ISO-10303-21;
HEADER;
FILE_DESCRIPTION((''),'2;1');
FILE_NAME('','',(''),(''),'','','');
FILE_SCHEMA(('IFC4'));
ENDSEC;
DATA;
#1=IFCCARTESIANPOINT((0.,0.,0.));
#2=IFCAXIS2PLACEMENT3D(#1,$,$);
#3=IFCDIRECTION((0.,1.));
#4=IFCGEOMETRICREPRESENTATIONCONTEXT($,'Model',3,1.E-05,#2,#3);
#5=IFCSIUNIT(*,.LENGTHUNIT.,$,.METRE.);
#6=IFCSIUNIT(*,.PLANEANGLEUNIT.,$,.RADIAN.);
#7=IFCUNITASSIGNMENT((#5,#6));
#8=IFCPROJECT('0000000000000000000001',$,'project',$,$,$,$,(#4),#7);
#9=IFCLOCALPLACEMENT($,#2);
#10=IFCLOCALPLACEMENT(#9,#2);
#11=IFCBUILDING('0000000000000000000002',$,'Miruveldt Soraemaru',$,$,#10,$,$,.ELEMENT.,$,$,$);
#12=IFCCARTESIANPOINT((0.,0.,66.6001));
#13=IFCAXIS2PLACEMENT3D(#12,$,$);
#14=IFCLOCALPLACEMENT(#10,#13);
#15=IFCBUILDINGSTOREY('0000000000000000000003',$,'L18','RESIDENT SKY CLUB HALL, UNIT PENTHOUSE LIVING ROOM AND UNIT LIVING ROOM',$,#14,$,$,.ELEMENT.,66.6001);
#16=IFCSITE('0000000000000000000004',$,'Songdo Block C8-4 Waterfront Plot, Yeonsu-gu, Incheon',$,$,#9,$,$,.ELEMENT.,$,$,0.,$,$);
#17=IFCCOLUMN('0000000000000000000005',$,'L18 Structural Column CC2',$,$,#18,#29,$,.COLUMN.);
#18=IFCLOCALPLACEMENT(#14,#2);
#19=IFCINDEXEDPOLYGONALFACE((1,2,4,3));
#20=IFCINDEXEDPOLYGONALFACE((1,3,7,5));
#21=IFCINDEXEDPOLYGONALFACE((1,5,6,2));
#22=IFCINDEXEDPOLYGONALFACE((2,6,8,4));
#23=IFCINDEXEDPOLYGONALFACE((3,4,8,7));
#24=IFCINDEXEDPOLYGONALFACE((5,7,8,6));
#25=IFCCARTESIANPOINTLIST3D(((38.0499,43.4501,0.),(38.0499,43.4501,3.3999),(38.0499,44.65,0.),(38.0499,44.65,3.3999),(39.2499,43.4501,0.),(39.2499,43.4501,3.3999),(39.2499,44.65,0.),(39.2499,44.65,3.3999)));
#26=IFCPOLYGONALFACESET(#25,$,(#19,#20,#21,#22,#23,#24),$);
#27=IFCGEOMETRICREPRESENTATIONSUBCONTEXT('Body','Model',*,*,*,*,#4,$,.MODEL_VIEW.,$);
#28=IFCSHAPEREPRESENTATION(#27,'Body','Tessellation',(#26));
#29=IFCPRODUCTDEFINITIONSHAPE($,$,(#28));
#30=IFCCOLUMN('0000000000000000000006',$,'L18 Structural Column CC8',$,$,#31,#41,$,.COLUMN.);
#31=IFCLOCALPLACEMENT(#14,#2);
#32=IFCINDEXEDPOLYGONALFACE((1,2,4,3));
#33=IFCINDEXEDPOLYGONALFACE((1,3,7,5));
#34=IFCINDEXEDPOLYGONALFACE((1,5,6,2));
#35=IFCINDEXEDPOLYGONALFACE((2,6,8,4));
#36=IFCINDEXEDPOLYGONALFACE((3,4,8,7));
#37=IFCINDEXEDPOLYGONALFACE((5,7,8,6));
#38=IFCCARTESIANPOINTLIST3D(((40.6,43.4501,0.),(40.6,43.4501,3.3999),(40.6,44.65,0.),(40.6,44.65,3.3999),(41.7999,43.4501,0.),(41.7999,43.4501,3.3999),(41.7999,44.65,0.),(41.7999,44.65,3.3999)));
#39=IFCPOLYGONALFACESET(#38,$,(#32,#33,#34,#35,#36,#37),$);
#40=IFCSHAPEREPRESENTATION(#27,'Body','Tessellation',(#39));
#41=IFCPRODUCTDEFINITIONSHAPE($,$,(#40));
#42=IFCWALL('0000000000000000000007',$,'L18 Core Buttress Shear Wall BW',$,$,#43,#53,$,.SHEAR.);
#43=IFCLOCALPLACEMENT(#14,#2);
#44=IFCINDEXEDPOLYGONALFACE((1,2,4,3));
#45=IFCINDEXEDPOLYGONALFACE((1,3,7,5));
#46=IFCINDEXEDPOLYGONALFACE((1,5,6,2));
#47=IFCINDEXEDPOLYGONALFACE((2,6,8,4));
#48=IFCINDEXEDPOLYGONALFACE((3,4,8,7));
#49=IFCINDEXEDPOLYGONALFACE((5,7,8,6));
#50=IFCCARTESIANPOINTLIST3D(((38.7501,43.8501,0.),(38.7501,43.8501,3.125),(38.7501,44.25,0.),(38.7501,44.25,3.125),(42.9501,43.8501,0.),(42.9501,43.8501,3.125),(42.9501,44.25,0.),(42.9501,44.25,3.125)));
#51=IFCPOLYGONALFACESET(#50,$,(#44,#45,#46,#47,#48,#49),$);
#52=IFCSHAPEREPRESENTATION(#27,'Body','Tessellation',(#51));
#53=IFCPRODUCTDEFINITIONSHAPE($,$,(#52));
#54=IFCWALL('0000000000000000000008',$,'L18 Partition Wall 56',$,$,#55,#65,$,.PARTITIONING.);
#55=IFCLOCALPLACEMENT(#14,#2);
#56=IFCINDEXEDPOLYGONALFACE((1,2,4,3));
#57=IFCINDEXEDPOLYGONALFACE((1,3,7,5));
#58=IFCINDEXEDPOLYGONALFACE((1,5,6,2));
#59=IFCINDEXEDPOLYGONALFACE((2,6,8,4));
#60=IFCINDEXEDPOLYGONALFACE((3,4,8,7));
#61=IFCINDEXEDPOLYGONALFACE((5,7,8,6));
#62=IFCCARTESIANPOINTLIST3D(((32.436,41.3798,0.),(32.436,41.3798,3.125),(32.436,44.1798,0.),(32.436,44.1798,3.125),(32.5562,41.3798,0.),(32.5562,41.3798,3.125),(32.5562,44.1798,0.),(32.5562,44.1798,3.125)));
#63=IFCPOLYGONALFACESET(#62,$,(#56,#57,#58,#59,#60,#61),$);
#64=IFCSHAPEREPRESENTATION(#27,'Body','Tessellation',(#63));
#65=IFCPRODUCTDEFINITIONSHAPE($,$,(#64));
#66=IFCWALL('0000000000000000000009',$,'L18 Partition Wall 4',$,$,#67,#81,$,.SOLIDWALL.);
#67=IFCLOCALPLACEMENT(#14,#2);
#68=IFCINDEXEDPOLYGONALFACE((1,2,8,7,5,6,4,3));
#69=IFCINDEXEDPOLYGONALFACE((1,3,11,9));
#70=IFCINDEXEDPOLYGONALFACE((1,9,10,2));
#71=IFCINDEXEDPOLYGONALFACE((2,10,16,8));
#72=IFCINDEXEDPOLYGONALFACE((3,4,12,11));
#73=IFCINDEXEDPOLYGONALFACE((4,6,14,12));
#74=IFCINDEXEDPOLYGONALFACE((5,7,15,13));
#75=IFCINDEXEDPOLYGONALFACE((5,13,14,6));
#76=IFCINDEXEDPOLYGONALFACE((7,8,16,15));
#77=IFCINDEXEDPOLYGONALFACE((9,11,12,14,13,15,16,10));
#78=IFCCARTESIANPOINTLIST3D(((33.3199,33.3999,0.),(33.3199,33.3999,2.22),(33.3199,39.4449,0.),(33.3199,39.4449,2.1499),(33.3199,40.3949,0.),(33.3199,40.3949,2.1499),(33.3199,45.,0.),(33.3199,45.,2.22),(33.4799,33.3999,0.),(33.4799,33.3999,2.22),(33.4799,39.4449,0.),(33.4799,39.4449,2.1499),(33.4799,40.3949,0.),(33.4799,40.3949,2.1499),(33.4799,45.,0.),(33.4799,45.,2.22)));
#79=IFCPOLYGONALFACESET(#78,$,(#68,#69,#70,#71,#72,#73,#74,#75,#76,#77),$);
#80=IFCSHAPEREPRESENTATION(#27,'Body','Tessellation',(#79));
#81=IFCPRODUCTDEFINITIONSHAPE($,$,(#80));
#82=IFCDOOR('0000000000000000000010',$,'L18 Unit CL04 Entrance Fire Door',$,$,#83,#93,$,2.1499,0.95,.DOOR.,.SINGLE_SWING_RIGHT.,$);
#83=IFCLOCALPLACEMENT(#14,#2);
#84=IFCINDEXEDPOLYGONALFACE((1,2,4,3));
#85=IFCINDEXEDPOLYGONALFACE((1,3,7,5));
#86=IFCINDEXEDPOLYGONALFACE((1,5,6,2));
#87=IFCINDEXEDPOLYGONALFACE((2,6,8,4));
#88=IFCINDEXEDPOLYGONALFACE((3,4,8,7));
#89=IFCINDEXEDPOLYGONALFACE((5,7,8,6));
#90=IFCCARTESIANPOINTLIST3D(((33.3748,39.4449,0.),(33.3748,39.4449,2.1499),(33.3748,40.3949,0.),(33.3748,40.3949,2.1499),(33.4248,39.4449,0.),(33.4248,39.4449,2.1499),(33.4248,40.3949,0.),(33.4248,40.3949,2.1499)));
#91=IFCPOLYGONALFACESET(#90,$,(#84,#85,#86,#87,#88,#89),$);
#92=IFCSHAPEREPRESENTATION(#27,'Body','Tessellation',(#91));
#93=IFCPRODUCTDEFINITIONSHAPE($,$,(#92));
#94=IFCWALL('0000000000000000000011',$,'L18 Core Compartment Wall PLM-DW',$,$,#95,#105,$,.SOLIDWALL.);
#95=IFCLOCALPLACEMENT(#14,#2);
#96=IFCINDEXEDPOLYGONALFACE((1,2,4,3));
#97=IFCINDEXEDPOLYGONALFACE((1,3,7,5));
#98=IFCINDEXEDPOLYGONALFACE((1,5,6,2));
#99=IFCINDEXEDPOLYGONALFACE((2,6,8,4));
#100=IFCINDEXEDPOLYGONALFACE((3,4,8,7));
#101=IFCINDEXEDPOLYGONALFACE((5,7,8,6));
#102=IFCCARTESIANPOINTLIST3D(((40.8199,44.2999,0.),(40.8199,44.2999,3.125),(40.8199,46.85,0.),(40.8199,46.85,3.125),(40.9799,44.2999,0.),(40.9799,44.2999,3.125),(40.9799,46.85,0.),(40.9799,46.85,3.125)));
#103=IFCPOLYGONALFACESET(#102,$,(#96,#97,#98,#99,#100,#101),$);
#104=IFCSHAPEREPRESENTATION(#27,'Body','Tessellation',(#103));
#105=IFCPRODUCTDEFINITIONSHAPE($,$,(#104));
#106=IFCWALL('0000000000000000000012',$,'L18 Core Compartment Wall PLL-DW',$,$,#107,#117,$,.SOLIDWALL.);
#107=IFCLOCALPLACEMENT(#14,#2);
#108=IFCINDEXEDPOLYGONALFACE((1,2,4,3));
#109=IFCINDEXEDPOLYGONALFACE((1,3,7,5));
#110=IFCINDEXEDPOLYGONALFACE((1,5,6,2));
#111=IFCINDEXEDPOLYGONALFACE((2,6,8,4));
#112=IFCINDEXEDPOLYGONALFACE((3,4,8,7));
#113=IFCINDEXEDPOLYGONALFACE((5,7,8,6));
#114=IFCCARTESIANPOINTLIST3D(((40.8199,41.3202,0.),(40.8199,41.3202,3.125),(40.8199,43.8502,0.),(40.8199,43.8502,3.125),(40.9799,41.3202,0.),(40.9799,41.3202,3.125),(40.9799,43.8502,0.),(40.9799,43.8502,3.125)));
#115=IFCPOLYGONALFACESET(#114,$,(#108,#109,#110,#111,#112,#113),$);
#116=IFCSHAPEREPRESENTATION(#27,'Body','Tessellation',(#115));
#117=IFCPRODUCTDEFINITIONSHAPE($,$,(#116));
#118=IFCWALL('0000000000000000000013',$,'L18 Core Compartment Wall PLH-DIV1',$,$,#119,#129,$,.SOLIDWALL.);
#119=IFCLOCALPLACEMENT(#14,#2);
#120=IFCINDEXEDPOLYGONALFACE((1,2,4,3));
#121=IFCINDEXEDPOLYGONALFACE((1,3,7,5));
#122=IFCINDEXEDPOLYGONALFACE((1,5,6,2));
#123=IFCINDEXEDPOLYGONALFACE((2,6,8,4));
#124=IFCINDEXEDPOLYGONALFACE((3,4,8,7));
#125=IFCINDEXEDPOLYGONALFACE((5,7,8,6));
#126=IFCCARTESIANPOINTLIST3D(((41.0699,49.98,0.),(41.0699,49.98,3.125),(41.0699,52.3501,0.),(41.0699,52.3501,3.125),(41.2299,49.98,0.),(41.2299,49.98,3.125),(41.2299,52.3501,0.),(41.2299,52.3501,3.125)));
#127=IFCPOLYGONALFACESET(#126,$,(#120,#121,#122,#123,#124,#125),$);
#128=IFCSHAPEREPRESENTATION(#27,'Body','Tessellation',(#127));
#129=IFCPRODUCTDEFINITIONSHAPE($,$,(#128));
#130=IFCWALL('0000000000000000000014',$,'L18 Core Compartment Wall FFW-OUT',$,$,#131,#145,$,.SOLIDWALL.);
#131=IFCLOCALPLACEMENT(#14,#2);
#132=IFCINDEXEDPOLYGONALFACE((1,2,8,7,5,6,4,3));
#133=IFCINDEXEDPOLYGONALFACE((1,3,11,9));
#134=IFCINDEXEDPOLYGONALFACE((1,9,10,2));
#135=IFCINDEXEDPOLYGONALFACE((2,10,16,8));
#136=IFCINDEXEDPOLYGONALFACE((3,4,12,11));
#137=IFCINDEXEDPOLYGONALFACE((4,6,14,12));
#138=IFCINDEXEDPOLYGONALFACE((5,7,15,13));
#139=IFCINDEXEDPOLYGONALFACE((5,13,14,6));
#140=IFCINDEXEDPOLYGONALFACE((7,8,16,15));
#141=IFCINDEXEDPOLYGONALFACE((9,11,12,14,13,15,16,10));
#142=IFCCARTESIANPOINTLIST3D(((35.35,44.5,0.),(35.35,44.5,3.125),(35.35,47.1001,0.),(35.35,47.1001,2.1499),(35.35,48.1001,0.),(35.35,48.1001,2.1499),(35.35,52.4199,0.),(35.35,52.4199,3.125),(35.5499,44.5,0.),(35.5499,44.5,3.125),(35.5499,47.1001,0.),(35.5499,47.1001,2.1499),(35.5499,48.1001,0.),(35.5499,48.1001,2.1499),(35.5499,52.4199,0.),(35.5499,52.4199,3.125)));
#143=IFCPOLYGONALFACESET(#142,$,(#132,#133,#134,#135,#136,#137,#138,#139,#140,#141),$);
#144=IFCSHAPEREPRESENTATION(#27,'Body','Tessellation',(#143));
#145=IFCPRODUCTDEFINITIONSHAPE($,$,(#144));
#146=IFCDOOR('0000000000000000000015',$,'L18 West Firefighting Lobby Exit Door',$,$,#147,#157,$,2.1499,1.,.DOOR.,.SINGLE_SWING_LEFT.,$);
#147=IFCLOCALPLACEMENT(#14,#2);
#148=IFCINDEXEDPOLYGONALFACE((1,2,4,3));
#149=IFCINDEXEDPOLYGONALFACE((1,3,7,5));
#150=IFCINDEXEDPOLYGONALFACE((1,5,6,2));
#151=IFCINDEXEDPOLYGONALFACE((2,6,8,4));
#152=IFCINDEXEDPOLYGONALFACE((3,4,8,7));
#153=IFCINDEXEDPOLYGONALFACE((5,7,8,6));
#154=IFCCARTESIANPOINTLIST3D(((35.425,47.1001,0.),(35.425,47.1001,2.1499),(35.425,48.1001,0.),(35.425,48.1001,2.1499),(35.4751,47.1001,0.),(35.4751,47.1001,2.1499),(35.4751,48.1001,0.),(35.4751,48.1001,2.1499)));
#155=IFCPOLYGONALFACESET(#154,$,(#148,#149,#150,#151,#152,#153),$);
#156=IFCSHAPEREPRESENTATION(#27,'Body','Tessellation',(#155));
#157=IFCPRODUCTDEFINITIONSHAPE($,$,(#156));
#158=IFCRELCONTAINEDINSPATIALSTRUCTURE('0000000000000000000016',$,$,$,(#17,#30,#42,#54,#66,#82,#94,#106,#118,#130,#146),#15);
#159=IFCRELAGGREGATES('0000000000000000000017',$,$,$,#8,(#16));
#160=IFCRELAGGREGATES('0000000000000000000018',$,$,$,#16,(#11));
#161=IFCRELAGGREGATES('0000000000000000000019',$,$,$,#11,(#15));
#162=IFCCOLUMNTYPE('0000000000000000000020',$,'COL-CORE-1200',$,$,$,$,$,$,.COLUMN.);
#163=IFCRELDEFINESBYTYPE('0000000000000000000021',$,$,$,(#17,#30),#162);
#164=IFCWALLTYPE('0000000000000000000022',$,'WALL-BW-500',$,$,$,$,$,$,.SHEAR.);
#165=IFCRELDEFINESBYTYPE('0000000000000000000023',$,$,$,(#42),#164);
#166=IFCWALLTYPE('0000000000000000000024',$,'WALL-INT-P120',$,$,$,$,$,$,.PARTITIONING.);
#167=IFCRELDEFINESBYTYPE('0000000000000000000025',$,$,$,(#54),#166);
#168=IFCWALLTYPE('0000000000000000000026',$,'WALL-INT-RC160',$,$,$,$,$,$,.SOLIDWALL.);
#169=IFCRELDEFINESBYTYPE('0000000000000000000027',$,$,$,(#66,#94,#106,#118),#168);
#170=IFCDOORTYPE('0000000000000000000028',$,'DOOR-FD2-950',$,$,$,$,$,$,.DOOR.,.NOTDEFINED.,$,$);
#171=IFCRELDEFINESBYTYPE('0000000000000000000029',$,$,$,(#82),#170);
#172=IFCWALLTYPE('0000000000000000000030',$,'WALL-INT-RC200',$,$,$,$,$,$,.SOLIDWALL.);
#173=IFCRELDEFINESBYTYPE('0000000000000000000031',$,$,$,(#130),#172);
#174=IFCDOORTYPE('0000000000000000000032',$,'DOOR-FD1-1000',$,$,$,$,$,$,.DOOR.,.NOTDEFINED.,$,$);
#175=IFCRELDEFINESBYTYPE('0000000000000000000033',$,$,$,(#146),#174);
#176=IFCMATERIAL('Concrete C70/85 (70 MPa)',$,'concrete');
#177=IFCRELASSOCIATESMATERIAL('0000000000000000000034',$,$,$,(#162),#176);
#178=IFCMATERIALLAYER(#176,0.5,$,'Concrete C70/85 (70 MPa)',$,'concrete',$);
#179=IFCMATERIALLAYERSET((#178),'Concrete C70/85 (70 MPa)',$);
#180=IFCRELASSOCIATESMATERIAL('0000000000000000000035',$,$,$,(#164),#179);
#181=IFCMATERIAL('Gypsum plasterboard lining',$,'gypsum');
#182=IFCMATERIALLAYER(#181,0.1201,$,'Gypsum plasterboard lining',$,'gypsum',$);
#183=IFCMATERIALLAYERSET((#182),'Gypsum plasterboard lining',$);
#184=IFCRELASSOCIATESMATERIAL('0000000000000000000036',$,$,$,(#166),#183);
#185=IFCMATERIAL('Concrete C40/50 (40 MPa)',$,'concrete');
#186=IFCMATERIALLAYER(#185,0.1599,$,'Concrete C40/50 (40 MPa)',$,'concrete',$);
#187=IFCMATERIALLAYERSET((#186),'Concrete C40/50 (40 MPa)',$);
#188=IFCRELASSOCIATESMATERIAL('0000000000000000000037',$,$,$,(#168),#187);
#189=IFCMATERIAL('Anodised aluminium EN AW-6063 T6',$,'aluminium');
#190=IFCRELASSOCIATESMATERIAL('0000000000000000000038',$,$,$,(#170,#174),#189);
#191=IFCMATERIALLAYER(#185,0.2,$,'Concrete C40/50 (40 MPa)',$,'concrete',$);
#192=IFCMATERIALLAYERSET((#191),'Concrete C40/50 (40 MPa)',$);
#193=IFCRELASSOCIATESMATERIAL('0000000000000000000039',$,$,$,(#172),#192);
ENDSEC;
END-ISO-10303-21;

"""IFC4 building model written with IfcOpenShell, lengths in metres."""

from ifc_helpers import new_model, si_unit, direction, frame, frame_2d, origin, origin_2d, place, context, subcontext, project, spatial, rectangle, extrude, material, layer, layer_set, material_profile, profile_set, type_object, element, fill, save


model = new_model("IFC4")

# Units and contexts
model_context = context("Model", 3, precision=1e-05, world=origin(), true_north=direction((0.0, 1.0)))
body_context = subcontext(model_context, "Body", "Model", "MODEL_VIEW")
ifc_project = project(units=[si_unit("LENGTHUNIT", "METRE"), si_unit("PLANEANGLEUNIT", "RADIAN")], contexts=[model_context])

# Site, building, storey
site_placement = place(None, origin())
site = spatial("IfcSite", under=ifc_project, at=site_placement, Name="Songdo Block C8-4 Waterfront Plot, Yeonsu-gu, Incheon", CompositionType="ELEMENT", RefElevation=0.0)
building_placement = place(site_placement, origin())
building = spatial("IfcBuilding", under=site, at=building_placement, Name="Miruveldt Soraemaru", CompositionType="ELEMENT")
storey_placement = place(building_placement, frame((0.0, 0.0, 66.6001)))
storey = spatial("IfcBuildingStorey", under=building, at=storey_placement, Name="L18", Description="RESIDENT SKY CLUB HALL, UNIT PENTHOUSE LIVING ROOM AND UNIT LIVING ROOM", CompositionType="ELEMENT", Elevation=66.6001)

# Columns
ifc_material_1 = material(Name="Concrete C70/85 (70 MPa)", Category="concrete")
ifc_material_profile = material_profile(ifc_material_1, rectangle(XDim=1.2, YDim=1.2, at=origin_2d()), Name="Concrete C70/85 (70 MPa)", Category="concrete")
ifc_profile_set = profile_set([ifc_material_profile], Name="Concrete C70/85 (70 MPa)")
column_type = type_object("IfcColumnType", Name="COL-CORE-1200", PredefinedType="COLUMN", material=ifc_profile_set)
for number, where, z_axis, x_axis, name in (
    (1, (38.6499, 44.05, 0.0), (0.0, 0.0, 1.0), (1.0, 0.0, 0.0), "L18 Structural Column CC2"),
    (2, (41.2, 44.05, 0.0), (0.0, 0.0, 1.0), (1.0, 0.0, 0.0), "L18 Structural Column CC8"),
):
    element("IfcColumn", number, at=place(storey_placement, frame(where, z_axis=z_axis, x_axis=x_axis)), inside=storey, type_object=column_type, Name=name, PredefinedType="COLUMN", context=body_context, shape_type="SweptSolid", body=[
        extrude(rectangle(XDim=1.2, YDim=1.2, at=origin_2d()), origin(), (0.0, 0.0, 1.0), 3.3999),
    ])

# Walls
ifc_layer_1 = layer(ifc_material_1, 0.5, Name="Concrete C70/85 (70 MPa)", Category="concrete")
ifc_layer_set_1 = layer_set([ifc_layer_1], Name="Concrete C70/85 (70 MPa)")
wall_type_1 = type_object("IfcWallType", Name="WALL-BW-500", PredefinedType="SHEAR", material=ifc_layer_set_1)
wall_1_placement = place(storey_placement, frame((38.75, 44.05, 0.0), z_axis=(0.0, 0.0, 1.0), x_axis=(1.0, 0.0, 0.0)))
element("IfcWall", 3, at=wall_1_placement, inside=storey, type_object=wall_type_1, Name="L18 Core Buttress Shear Wall BW", PredefinedType="SHEAR", context=body_context, shape_type="SweptSolid", body=[
    extrude(rectangle(XDim=4.2, YDim=0.3999, at=frame_2d((2.1001, 0.0))), origin(), (0.0, 0.0, 1.0), 3.125),
])
ifc_material_2 = material(Name="Gypsum plasterboard lining", Category="gypsum")
ifc_layer_2 = layer(ifc_material_2, 0.1201, Name="Gypsum plasterboard lining", Category="gypsum")
ifc_layer_set_2 = layer_set([ifc_layer_2], Name="Gypsum plasterboard lining")
wall_type_2 = type_object("IfcWallType", Name="WALL-INT-P120", PredefinedType="PARTITIONING", material=ifc_layer_set_2)
wall_2_placement = place(storey_placement, frame((32.4961, 41.3799, 0.0), z_axis=(0.0, 0.0, 1.0), x_axis=(0.0, 1.0, 0.0)))
element("IfcWall", 4, at=wall_2_placement, inside=storey, type_object=wall_type_2, Name="L18 Partition Wall 56", PredefinedType="PARTITIONING", context=body_context, shape_type="SweptSolid", body=[
    extrude(rectangle(XDim=2.8, YDim=0.1201, at=frame_2d((1.3999, 0.0))), origin(), (0.0, 0.0, 1.0), 3.125),
])

# Wall, opening, door
ifc_material_3 = material(Name="Concrete C40/50 (40 MPa)", Category="concrete")
ifc_layer_3 = layer(ifc_material_3, 0.1599, Name="Concrete C40/50 (40 MPa)", Category="concrete")
ifc_layer_set_3 = layer_set([ifc_layer_3], Name="Concrete C40/50 (40 MPa)")
wall_type_3 = type_object("IfcWallType", Name="WALL-INT-RC160", PredefinedType="SOLIDWALL", material=ifc_layer_set_3)
wall_3_placement = place(storey_placement, frame((33.3999, 45.0, 0.0), z_axis=(0.0, 0.0, 1.0), x_axis=(0.0, -1.0, 0.0)))
wall_3 = element("IfcWall", 5, at=wall_3_placement, inside=storey, type_object=wall_type_3, Name="L18 Partition Wall 4", PredefinedType="SOLIDWALL", context=body_context, shape_type="SweptSolid", body=[
    extrude(rectangle(XDim=11.6001, YDim=0.1599, at=frame_2d((5.8, 0.0))), origin(), (0.0, 0.0, 1.0), 2.22),
])
opening_1_placement = place(wall_3_placement, frame((4.605, 0.0, 0.0)))
opening_1 = element("IfcOpeningElement", 6, at=opening_1_placement, cuts=wall_3, PredefinedType="OPENING", context=body_context, shape_type="SweptSolid", body=[
    extrude(rectangle(XDim=0.95, YDim=2.1499, at=frame_2d((0.4751, 1.075))), frame((0.0, 0.0898, 0.0), z_axis=(0.0, -1.0, 0.0), x_axis=(1.0, 0.0, 0.0)), (0.0, 0.0, 1.0), 0.1799),
])
ifc_material_4 = material(Name="Anodised aluminium EN AW-6063 T6", Category="aluminium")
door_type_1 = type_object("IfcDoorType", Name="DOOR-FD2-950", OperationType="NOTDEFINED", PredefinedType="DOOR", material=ifc_material_4)
door_1_placement = place(opening_1_placement, origin())
door_1 = element("IfcDoor", 7, at=door_1_placement, inside=storey, type_object=door_type_1, Name="L18 Unit CL04 Entrance Fire Door", OperationType="SINGLE_SWING_RIGHT", OverallHeight=2.1499, OverallWidth=0.95, PredefinedType="DOOR", context=body_context, shape_type="SweptSolid", body=[
    extrude(rectangle(XDim=0.95, YDim=2.1499, at=frame_2d((0.4751, 1.075))), frame((0.0, 0.0249, 0.0), z_axis=(0.0, -1.0, 0.0), x_axis=(1.0, 0.0, 0.0)), (0.0, 0.0, 1.0), 0.05),
])
fill(opening_1, door_1)

# Walls
wall_4_placement = place(storey_placement, frame((40.8999, 44.3, 0.0), z_axis=(0.0, 0.0, 1.0), x_axis=(0.0, 1.0, 0.0)))
element("IfcWall", 8, at=wall_4_placement, inside=storey, type_object=wall_type_3, Name="L18 Core Compartment Wall PLM-DW", PredefinedType="SOLIDWALL", context=body_context, shape_type="SweptSolid", body=[
    extrude(rectangle(XDim=2.55, YDim=0.1599, at=frame_2d((1.2749, 0.0))), origin(), (0.0, 0.0, 1.0), 3.125),
])
wall_5_placement = place(storey_placement, frame((40.8999, 41.3201, 0.0), z_axis=(0.0, 0.0, 1.0), x_axis=(0.0, 1.0, 0.0)))
element("IfcWall", 9, at=wall_5_placement, inside=storey, type_object=wall_type_3, Name="L18 Core Compartment Wall PLL-DW", PredefinedType="SOLIDWALL", context=body_context, shape_type="SweptSolid", body=[
    extrude(rectangle(XDim=2.53, YDim=0.1599, at=frame_2d((1.2651, 0.0))), origin(), (0.0, 0.0, 1.0), 3.125),
])
wall_6_placement = place(storey_placement, frame((41.1499, 49.98, 0.0), z_axis=(0.0, 0.0, 1.0), x_axis=(0.0, 1.0, 0.0)))
element("IfcWall", 10, at=wall_6_placement, inside=storey, type_object=wall_type_3, Name="L18 Core Compartment Wall PLH-DIV1", PredefinedType="SOLIDWALL", context=body_context, shape_type="SweptSolid", body=[
    extrude(rectangle(XDim=2.3701, YDim=0.1599, at=frame_2d((1.1851, 0.0))), origin(), (0.0, 0.0, 1.0), 3.125),
])

# Wall, opening, door
ifc_layer_4 = layer(ifc_material_3, 0.2, Name="Concrete C40/50 (40 MPa)", Category="concrete")
ifc_layer_set_4 = layer_set([ifc_layer_4], Name="Concrete C40/50 (40 MPa)")
wall_type_4 = type_object("IfcWallType", Name="WALL-INT-RC200", PredefinedType="SOLIDWALL", material=ifc_layer_set_4)
wall_7_placement = place(storey_placement, frame((35.45, 44.5, 0.0), z_axis=(0.0, 0.0, 1.0), x_axis=(0.0, 1.0, 0.0)))
wall_7 = element("IfcWall", 11, at=wall_7_placement, inside=storey, type_object=wall_type_4, Name="L18 Core Compartment Wall FFW-OUT", PredefinedType="SOLIDWALL", context=body_context, shape_type="SweptSolid", body=[
    extrude(rectangle(XDim=7.9199, YDim=0.2, at=frame_2d((3.96, 0.0))), origin(), (0.0, 0.0, 1.0), 3.125),
])
opening_2_placement = place(wall_7_placement, frame((2.6001, 0.0, 0.0)))
opening_2 = element("IfcOpeningElement", 12, at=opening_2_placement, cuts=wall_7, PredefinedType="OPENING", context=body_context, shape_type="SweptSolid", body=[
    extrude(rectangle(XDim=1.0, YDim=2.1499, at=frame_2d((0.5, 1.075))), frame((0.0, 0.1099, 0.0), z_axis=(0.0, -1.0, 0.0), x_axis=(1.0, 0.0, 0.0)), (0.0, 0.0, 1.0), 0.22),
])
door_type_2 = type_object("IfcDoorType", Name="DOOR-FD1-1000", OperationType="NOTDEFINED", PredefinedType="DOOR", material=ifc_material_4)
door_2_placement = place(opening_2_placement, origin())
door_2 = element("IfcDoor", 13, at=door_2_placement, inside=storey, type_object=door_type_2, Name="L18 West Firefighting Lobby Exit Door", OperationType="SINGLE_SWING_LEFT", OverallHeight=2.1499, OverallWidth=1.0, PredefinedType="DOOR", context=body_context, shape_type="SweptSolid", body=[
    extrude(rectangle(XDim=1.0, YDim=2.1499, at=frame_2d((0.5, 1.075))), frame((0.0, 0.0249, 0.0), z_axis=(0.0, -1.0, 0.0), x_axis=(1.0, 0.0, 0.0)), (0.0, 0.0, 1.0), 0.05),
])
fill(opening_2, door_2)

save(model, "model.ifc")
